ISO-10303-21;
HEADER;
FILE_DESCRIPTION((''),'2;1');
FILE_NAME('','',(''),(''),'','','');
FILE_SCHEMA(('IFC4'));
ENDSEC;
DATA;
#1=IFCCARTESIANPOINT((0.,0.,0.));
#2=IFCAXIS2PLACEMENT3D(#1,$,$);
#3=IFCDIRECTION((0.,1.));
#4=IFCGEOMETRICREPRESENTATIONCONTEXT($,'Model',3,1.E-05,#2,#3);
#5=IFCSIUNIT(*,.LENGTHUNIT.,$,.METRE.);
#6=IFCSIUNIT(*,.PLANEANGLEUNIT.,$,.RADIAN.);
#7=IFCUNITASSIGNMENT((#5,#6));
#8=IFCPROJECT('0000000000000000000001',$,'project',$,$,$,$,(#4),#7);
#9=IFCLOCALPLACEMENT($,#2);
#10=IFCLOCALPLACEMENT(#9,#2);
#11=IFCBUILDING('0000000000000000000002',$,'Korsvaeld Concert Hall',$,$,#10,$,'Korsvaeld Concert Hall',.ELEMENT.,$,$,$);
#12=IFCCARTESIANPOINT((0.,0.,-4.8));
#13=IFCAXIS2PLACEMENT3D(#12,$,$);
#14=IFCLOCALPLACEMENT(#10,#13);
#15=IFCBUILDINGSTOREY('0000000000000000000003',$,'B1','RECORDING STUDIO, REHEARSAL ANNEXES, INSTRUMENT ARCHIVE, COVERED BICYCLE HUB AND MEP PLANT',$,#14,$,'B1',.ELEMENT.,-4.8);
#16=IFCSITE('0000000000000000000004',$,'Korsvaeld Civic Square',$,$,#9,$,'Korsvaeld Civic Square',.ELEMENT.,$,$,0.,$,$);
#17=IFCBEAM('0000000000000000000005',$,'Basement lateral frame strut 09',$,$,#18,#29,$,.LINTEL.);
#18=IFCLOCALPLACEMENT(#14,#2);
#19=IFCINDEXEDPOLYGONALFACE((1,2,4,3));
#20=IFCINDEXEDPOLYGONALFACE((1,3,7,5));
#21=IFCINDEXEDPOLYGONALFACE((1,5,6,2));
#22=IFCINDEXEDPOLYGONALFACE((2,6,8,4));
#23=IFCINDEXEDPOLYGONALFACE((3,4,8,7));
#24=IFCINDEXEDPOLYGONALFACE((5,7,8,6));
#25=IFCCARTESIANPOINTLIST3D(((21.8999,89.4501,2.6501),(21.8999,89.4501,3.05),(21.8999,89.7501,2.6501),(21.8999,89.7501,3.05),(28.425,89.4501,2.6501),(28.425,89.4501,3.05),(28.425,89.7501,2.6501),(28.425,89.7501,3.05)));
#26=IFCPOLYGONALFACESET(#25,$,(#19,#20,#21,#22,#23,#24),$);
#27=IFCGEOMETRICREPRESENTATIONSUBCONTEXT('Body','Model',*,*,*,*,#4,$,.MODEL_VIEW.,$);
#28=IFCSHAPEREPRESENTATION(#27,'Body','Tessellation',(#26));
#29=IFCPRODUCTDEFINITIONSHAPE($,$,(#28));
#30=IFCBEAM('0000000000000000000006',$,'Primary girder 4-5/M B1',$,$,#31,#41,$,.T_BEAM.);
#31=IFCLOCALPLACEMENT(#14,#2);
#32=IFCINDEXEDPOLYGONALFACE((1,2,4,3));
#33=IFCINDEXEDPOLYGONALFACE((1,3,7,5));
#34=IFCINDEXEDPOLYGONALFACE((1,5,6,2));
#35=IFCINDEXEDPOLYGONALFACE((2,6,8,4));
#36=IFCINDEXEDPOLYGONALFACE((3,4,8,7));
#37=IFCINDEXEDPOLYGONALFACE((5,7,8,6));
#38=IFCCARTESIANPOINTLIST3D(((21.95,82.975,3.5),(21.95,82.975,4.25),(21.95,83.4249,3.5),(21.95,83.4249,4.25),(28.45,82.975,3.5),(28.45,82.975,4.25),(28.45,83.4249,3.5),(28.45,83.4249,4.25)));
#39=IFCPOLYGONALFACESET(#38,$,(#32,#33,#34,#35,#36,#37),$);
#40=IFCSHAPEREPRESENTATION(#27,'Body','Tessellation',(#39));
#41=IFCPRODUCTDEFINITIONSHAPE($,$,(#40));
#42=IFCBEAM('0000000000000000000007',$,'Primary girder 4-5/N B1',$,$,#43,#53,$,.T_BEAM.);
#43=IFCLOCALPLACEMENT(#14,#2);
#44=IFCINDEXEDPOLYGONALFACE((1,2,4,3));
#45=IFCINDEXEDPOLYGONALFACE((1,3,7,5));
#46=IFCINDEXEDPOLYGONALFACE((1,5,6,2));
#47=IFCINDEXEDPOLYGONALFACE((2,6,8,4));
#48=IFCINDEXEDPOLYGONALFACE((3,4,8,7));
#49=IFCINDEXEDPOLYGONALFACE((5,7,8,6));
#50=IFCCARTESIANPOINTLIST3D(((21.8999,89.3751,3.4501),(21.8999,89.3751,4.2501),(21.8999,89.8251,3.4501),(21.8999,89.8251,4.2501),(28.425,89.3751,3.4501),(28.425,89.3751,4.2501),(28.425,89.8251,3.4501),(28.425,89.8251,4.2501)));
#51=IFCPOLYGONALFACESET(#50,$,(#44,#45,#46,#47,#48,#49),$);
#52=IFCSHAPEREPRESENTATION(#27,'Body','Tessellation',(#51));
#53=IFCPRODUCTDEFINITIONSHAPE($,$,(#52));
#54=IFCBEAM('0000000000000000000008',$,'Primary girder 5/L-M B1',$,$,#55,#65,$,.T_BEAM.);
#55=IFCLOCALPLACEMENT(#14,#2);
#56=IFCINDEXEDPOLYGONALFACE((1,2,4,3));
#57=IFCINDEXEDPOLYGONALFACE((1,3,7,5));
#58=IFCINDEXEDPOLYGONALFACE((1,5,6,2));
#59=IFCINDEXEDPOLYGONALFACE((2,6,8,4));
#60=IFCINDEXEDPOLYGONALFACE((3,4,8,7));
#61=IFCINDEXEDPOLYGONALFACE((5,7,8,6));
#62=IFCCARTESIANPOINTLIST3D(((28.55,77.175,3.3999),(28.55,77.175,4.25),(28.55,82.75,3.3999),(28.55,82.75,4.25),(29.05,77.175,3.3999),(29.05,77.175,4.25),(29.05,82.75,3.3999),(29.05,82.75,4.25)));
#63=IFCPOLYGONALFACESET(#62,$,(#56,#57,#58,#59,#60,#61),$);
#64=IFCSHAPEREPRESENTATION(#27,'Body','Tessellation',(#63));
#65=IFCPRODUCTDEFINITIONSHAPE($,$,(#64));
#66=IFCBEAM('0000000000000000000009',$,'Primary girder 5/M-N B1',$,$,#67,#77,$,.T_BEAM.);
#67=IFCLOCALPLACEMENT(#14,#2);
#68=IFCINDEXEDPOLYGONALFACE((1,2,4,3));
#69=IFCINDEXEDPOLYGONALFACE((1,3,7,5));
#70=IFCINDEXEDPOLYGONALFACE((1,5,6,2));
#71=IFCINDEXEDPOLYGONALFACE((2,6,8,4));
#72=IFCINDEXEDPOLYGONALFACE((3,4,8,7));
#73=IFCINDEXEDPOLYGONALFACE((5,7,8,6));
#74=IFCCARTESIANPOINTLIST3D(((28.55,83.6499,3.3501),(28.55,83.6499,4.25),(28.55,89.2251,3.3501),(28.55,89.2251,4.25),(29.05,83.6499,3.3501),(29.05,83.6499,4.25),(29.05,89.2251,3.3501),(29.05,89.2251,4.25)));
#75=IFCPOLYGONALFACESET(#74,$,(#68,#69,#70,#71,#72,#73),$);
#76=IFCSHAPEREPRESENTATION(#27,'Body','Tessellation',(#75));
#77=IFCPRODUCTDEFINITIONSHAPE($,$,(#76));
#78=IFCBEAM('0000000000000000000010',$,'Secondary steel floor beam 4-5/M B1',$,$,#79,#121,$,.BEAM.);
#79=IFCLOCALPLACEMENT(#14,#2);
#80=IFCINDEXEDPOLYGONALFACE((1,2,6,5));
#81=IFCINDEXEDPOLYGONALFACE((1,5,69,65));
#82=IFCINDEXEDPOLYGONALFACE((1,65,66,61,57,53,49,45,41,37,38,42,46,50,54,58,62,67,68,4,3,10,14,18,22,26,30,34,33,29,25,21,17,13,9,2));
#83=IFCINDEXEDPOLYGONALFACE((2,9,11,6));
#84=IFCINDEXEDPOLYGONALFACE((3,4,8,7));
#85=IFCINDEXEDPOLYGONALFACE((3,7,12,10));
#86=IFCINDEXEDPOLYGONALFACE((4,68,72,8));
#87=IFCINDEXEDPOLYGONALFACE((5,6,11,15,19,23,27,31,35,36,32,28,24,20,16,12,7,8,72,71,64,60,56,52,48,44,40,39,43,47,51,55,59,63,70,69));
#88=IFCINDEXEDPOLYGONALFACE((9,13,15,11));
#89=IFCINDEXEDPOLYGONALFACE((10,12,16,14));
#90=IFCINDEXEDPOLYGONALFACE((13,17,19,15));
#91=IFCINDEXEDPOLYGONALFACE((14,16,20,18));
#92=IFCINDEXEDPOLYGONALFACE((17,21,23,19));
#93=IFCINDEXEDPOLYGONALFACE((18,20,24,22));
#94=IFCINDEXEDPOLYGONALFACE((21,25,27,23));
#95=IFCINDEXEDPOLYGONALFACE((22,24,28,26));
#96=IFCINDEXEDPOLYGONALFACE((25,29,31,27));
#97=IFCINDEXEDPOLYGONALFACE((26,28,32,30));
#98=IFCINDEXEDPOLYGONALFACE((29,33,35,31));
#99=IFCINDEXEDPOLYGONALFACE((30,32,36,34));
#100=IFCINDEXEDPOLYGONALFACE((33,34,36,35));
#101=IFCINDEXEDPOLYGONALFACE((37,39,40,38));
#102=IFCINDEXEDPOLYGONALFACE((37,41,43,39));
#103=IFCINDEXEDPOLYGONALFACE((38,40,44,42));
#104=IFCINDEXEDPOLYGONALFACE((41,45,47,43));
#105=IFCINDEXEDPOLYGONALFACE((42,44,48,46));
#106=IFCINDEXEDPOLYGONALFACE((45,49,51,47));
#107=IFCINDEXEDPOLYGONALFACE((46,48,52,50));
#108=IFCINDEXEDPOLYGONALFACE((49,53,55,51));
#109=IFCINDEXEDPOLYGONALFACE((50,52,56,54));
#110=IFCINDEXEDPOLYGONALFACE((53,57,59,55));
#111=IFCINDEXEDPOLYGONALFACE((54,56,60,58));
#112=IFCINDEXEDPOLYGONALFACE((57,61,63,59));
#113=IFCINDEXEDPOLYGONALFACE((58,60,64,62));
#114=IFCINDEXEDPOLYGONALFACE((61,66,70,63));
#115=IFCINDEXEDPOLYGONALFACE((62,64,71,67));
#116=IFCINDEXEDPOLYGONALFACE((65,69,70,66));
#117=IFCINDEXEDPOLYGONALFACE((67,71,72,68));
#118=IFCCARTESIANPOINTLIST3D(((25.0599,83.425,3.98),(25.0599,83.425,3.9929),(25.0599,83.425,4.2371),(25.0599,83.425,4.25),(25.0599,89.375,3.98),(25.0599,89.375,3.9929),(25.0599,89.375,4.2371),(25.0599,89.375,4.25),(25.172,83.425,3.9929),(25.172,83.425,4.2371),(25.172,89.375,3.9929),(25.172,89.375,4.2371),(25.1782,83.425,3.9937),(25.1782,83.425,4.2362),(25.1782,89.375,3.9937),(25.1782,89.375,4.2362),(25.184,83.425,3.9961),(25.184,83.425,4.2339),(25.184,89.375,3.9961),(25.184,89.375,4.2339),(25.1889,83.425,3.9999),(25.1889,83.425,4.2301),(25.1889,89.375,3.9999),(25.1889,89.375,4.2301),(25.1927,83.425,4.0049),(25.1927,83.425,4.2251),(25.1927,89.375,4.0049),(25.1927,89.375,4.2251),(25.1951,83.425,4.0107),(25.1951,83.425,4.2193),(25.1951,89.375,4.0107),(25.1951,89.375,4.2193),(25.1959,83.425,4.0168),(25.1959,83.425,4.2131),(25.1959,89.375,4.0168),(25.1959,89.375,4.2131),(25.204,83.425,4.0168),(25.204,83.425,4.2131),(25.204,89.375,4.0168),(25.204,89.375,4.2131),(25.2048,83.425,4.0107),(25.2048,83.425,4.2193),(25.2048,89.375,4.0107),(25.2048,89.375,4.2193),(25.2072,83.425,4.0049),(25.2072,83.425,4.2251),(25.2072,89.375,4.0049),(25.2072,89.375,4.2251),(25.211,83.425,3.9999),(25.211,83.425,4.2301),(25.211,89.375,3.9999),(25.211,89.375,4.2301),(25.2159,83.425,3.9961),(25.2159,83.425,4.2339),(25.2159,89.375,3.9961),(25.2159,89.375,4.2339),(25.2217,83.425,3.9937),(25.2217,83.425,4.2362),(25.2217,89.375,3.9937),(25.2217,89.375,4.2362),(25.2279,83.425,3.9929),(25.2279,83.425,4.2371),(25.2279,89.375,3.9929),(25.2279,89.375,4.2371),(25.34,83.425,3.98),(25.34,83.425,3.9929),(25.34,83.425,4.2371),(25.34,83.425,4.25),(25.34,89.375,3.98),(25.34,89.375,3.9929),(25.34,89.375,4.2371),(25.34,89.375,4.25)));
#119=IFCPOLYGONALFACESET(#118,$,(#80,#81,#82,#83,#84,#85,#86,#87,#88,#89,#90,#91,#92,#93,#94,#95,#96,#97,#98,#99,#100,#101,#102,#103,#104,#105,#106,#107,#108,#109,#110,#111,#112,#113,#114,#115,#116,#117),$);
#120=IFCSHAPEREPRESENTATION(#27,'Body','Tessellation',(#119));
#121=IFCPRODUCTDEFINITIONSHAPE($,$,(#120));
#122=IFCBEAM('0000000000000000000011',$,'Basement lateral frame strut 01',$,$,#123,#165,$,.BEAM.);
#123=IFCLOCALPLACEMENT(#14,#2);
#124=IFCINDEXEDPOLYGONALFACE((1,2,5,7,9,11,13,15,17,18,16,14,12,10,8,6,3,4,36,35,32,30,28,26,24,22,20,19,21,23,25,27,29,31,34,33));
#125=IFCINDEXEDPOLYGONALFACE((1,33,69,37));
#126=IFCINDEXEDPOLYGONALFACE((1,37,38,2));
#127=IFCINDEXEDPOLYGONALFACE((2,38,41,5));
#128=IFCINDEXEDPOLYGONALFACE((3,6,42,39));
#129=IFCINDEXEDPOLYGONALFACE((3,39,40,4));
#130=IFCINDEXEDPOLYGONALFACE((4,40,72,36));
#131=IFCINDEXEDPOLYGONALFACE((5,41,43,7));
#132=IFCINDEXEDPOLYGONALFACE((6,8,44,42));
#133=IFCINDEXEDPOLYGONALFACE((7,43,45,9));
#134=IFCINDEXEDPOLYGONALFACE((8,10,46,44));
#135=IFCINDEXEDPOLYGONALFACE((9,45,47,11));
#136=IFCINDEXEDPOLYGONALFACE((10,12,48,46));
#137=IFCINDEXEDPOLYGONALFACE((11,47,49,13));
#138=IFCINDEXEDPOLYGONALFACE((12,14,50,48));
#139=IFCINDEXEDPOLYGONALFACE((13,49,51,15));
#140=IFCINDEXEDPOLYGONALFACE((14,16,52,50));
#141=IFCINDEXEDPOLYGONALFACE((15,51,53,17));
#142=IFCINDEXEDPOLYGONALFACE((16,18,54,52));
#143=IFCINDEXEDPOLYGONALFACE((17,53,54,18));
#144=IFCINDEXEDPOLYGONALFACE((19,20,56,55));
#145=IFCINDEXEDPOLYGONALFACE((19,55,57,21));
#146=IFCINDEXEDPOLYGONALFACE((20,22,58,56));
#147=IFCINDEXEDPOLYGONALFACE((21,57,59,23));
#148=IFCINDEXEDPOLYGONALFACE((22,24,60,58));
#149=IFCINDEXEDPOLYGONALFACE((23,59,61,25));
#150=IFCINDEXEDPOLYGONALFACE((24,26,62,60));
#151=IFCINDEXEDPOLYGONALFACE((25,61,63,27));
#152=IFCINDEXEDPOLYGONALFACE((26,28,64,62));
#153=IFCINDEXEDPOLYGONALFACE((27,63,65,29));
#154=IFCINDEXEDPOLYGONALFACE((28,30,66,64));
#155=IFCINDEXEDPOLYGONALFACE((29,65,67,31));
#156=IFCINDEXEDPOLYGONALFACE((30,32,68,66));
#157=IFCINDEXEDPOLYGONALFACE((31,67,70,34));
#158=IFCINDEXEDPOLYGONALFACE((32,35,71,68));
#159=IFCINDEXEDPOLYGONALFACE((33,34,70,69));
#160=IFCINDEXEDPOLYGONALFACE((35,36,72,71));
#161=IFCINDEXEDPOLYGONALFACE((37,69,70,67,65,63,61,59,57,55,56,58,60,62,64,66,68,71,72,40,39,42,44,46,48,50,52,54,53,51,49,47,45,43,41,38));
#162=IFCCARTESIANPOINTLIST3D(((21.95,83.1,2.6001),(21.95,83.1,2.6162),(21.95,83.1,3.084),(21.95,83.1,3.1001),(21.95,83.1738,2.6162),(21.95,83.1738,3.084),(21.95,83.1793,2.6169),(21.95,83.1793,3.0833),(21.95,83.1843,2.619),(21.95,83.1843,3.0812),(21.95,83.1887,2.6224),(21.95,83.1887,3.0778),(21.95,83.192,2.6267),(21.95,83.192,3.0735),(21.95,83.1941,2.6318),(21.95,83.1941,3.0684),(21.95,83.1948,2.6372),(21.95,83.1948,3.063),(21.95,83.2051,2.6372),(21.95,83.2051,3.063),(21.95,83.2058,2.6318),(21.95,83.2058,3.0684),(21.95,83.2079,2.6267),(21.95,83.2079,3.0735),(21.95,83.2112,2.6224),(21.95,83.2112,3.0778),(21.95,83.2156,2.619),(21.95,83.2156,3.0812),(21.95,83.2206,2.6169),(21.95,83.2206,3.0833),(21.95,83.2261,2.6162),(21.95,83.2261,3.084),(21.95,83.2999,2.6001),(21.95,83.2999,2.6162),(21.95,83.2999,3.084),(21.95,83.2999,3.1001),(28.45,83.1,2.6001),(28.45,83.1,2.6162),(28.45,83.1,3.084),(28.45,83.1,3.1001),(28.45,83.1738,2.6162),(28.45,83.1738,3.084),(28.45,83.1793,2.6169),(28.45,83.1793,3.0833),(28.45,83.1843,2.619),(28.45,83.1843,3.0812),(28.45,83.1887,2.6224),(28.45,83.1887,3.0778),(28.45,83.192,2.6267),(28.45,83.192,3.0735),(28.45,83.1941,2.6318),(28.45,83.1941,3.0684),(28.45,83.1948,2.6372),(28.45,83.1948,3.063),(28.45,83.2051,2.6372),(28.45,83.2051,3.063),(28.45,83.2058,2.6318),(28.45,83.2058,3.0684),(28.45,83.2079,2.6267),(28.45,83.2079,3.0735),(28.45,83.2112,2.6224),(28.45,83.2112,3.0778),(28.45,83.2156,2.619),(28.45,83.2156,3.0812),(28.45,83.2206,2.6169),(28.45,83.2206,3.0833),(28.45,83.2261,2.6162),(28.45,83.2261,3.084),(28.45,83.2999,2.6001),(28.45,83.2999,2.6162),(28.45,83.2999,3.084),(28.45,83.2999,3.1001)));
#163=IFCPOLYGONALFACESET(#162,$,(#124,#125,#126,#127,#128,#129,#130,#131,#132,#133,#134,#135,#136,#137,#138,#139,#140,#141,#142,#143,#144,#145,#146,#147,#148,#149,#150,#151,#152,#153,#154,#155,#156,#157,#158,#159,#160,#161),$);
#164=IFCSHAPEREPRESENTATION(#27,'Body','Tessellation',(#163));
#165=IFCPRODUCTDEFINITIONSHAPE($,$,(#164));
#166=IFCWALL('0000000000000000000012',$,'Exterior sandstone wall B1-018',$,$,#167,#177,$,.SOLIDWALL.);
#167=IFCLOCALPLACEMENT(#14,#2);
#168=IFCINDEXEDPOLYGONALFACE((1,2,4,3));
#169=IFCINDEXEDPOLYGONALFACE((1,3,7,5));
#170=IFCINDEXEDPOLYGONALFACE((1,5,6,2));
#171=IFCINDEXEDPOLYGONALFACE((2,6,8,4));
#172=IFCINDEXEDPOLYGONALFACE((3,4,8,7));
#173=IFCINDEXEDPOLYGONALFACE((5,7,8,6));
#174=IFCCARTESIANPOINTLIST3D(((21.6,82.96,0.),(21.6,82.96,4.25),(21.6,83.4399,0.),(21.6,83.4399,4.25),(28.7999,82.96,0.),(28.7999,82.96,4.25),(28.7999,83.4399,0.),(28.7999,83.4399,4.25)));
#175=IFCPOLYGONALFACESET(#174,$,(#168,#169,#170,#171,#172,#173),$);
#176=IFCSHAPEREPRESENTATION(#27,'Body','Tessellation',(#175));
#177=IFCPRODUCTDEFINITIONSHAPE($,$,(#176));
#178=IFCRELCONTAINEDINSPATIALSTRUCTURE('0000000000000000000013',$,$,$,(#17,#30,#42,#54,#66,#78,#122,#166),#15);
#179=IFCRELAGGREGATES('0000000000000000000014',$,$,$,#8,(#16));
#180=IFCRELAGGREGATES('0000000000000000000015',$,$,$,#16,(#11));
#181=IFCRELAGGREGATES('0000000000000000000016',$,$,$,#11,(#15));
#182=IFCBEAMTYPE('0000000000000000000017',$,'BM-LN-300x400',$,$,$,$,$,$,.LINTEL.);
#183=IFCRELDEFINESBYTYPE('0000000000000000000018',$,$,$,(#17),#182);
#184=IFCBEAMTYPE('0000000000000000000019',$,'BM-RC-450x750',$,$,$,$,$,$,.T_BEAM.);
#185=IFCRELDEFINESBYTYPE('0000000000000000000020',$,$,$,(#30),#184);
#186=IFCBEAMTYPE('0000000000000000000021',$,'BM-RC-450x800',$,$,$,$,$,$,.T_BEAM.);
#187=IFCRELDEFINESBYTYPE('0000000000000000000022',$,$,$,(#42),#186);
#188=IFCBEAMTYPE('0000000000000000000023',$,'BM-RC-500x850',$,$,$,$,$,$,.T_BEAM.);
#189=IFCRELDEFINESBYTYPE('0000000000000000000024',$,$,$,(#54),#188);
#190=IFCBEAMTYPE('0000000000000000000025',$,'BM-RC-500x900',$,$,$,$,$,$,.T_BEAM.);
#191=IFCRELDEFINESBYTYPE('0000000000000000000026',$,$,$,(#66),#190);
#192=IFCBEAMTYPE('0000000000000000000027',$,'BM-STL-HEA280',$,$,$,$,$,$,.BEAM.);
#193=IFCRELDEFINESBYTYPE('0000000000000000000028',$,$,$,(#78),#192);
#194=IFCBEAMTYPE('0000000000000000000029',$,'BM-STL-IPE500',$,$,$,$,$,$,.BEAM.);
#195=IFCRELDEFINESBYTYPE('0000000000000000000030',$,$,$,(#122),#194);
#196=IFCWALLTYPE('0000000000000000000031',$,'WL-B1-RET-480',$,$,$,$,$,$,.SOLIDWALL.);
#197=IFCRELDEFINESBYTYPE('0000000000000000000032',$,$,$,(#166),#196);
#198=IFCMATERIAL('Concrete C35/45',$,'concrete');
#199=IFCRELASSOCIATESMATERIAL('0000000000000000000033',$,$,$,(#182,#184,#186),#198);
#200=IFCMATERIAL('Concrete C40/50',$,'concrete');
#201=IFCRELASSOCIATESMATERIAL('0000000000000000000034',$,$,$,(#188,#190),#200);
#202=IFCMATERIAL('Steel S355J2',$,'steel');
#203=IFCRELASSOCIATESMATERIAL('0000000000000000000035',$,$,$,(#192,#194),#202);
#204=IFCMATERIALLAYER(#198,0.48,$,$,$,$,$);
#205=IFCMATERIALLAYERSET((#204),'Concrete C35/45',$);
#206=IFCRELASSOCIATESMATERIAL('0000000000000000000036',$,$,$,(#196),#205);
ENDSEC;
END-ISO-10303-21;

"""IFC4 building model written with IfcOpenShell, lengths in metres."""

from ifc_helpers import new_model, si_unit, direction, frame, frame_2d, origin, origin_2d, place, context, subcontext, project, spatial, rectangle, i_section, extrude, material, layer, layer_set, material_profile, profile_set, type_object, element, save


model = new_model("IFC4")

# Units and contexts
model_context = context("Model", 3, precision=1e-05, world=origin(), true_north=direction((0.0, 1.0)))
body_context = subcontext(model_context, "Body", "Model", "MODEL_VIEW")
ifc_project = project(units=[si_unit("LENGTHUNIT", "METRE"), si_unit("PLANEANGLEUNIT", "RADIAN")], contexts=[model_context])

# Site, building, storey
site_placement = place(None, origin())
site = spatial("IfcSite", under=ifc_project, at=site_placement, Name="Korsvaeld Civic Square", LongName="Korsvaeld Civic Square", CompositionType="ELEMENT", RefElevation=0.0)
building_placement = place(site_placement, origin())
building = spatial("IfcBuilding", under=site, at=building_placement, Name="Korsvaeld Concert Hall", LongName="Korsvaeld Concert Hall", CompositionType="ELEMENT")
storey_placement = place(building_placement, frame((0.0, 0.0, -4.8)))
storey = spatial("IfcBuildingStorey", under=building, at=storey_placement, Name="B1", Description="RECORDING STUDIO, REHEARSAL ANNEXES, INSTRUMENT ARCHIVE, COVERED BICYCLE HUB AND MEP PLANT", LongName="B1", CompositionType="ELEMENT", Elevation=-4.8)

# Shared definitions
ifc_material_1 = material(Name="Concrete C35/45", Category="concrete")

# Shared definitions
ifc_material_2 = material(Name="Concrete C40/50", Category="concrete")

# Beams
ifc_material_profile_1 = material_profile(ifc_material_1, rectangle(XDim=0.3, YDim=0.3999, at=origin_2d()), Name="RC 300x400")
ifc_profile_set_1 = profile_set([ifc_material_profile_1], Name="Concrete C35/45")
beam_type_1 = type_object("IfcBeamType", Name="BM-LN-300x400", PredefinedType="LINTEL", material=ifc_profile_set_1)
beam_1_placement = place(storey_placement, frame((21.8999, 89.6001, 2.8501), z_axis=(1.0, 0.0, 0.0), x_axis=(0.0, 1.0, 0.0)))
element("IfcBeam", 1, at=beam_1_placement, inside=storey, type_object=beam_type_1, Name="Basement lateral frame strut 09", PredefinedType="LINTEL", context=body_context, shape_type="SweptSolid", body=[
    extrude(rectangle(XDim=0.3, YDim=0.3999, at=origin_2d()), origin(), (0.0, 0.0, 1.0), 6.5251),
])
ifc_material_profile_2 = material_profile(ifc_material_1, rectangle(XDim=0.45, YDim=0.75, at=origin_2d()), Name="RC 450x750")
ifc_profile_set_2 = profile_set([ifc_material_profile_2], Name="Concrete C35/45")
beam_type_2 = type_object("IfcBeamType", Name="BM-RC-450x750", PredefinedType="T_BEAM", material=ifc_profile_set_2)
beam_2_placement = place(storey_placement, frame((21.95, 83.2, 3.875), z_axis=(1.0, 0.0, 0.0), x_axis=(0.0, 1.0, 0.0)))
element("IfcBeam", 2, at=beam_2_placement, inside=storey, type_object=beam_type_2, Name="Primary girder 4-5/M B1", PredefinedType="T_BEAM", context=body_context, shape_type="SweptSolid", body=[
    extrude(rectangle(XDim=0.45, YDim=0.75, at=origin_2d()), origin(), (0.0, 0.0, 1.0), 6.5),
])
ifc_material_profile_3 = material_profile(ifc_material_1, rectangle(XDim=0.45, YDim=0.8, at=origin_2d()), Name="RC 450x800")
ifc_profile_set_3 = profile_set([ifc_material_profile_3], Name="Concrete C35/45")
beam_type_3 = type_object("IfcBeamType", Name="BM-RC-450x800", PredefinedType="T_BEAM", material=ifc_profile_set_3)
beam_3_placement = place(storey_placement, frame((21.8999, 89.6001, 3.8501), z_axis=(1.0, 0.0, 0.0), x_axis=(0.0, 1.0, 0.0)))
element("IfcBeam", 3, at=beam_3_placement, inside=storey, type_object=beam_type_3, Name="Primary girder 4-5/N B1", PredefinedType="T_BEAM", context=body_context, shape_type="SweptSolid", body=[
    extrude(rectangle(XDim=0.45, YDim=0.8, at=origin_2d()), origin(), (0.0, 0.0, 1.0), 6.5251),
])
ifc_material_profile_4 = material_profile(ifc_material_2, rectangle(XDim=0.5, YDim=0.8501, at=origin_2d()), Name="RC 500x850")
ifc_profile_set_4 = profile_set([ifc_material_profile_4], Name="Concrete C40/50")
beam_type_4 = type_object("IfcBeamType", Name="BM-RC-500x850", PredefinedType="T_BEAM", material=ifc_profile_set_4)
beam_4_placement = place(storey_placement, frame((28.8, 77.175, 3.825), z_axis=(0.0, 1.0, 0.0), x_axis=(-1.0, 0.0, 0.0)))
element("IfcBeam", 4, at=beam_4_placement, inside=storey, type_object=beam_type_4, Name="Primary girder 5/L-M B1", PredefinedType="T_BEAM", context=body_context, shape_type="SweptSolid", body=[
    extrude(rectangle(XDim=0.5, YDim=0.8501, at=origin_2d()), origin(), (0.0, 0.0, 1.0), 5.575),
])
ifc_material_profile_5 = material_profile(ifc_material_2, rectangle(XDim=0.5, YDim=0.8999, at=origin_2d()), Name="RC 500x900")
ifc_profile_set_5 = profile_set([ifc_material_profile_5], Name="Concrete C40/50")
beam_type_5 = type_object("IfcBeamType", Name="BM-RC-500x900", PredefinedType="T_BEAM", material=ifc_profile_set_5)
beam_5_placement = place(storey_placement, frame((28.8, 83.6499, 3.8), z_axis=(0.0, 1.0, 0.0), x_axis=(-1.0, 0.0, 0.0)))
element("IfcBeam", 5, at=beam_5_placement, inside=storey, type_object=beam_type_5, Name="Primary girder 5/M-N B1", PredefinedType="T_BEAM", context=body_context, shape_type="SweptSolid", body=[
    extrude(rectangle(XDim=0.5, YDim=0.8999, at=origin_2d()), origin(), (0.0, 0.0, 1.0), 5.5752),
])
ifc_material_3 = material(Name="Steel S355J2", Category="steel")
ifc_material_profile_6 = material_profile(ifc_material_3, i_section(OverallWidth=0.28, OverallDepth=0.27, WebThickness=0.0081, FlangeThickness=0.0129, FilletRadius=0.0239, at=origin_2d()), Name="HEA 280")
ifc_profile_set_6 = profile_set([ifc_material_profile_6], Name="Steel S355J2")
beam_type_6 = type_object("IfcBeamType", Name="BM-STL-HEA280", PredefinedType="BEAM", material=ifc_profile_set_6)
beam_6_placement = place(storey_placement, frame((25.2, 83.425, 4.115), z_axis=(0.0, 1.0, 0.0), x_axis=(-1.0, 0.0, 0.0)))
element("IfcBeam", 6, at=beam_6_placement, inside=storey, type_object=beam_type_6, Name="Secondary steel floor beam 4-5/M B1", PredefinedType="BEAM", context=body_context, shape_type="SweptSolid", body=[
    extrude(i_section(OverallWidth=0.28, OverallDepth=0.27, WebThickness=0.0081, FlangeThickness=0.0129, FilletRadius=0.0239, at=origin_2d()), origin(), (0.0, 0.0, 1.0), 5.95),
])
ifc_material_profile_7 = material_profile(ifc_material_3, i_section(OverallWidth=0.2, OverallDepth=0.5, WebThickness=0.0103, FlangeThickness=0.0161, FilletRadius=0.021, at=origin_2d()), Name="IPE 500")
ifc_profile_set_7 = profile_set([ifc_material_profile_7], Name="Steel S355J2")
beam_type_7 = type_object("IfcBeamType", Name="BM-STL-IPE500", PredefinedType="BEAM", material=ifc_profile_set_7)
beam_7_placement = place(storey_placement, frame((21.95, 83.2, 2.8501), z_axis=(1.0, 0.0, 0.0), x_axis=(0.0, 1.0, 0.0)))
element("IfcBeam", 7, at=beam_7_placement, inside=storey, type_object=beam_type_7, Name="Basement lateral frame strut 01", PredefinedType="BEAM", context=body_context, shape_type="SweptSolid", body=[
    extrude(i_section(OverallWidth=0.2, OverallDepth=0.5, WebThickness=0.0103, FlangeThickness=0.0161, FilletRadius=0.021, at=origin_2d()), origin(), (0.0, 0.0, 1.0), 6.5),
])

# Wall
ifc_layer = layer(ifc_material_1, 0.48)
ifc_layer_set = layer_set([ifc_layer], Name="Concrete C35/45")
wall_type = type_object("IfcWallType", Name="WL-B1-RET-480", PredefinedType="SOLIDWALL", material=ifc_layer_set)
wall_1_placement = place(storey_placement, frame((28.8, 83.2, 0.0), z_axis=(0.0, 0.0, 1.0), x_axis=(-1.0, 0.0, 0.0)))
element("IfcWall", 8, at=wall_1_placement, inside=storey, type_object=wall_type, Name="Exterior sandstone wall B1-018", PredefinedType="SOLIDWALL", context=body_context, shape_type="SweptSolid", body=[
    extrude(rectangle(XDim=7.2, YDim=0.48, at=frame_2d((3.6001, 0.0))), origin(), (0.0, 0.0, 1.0), 4.25),
])

save(model, "model.ifc")
